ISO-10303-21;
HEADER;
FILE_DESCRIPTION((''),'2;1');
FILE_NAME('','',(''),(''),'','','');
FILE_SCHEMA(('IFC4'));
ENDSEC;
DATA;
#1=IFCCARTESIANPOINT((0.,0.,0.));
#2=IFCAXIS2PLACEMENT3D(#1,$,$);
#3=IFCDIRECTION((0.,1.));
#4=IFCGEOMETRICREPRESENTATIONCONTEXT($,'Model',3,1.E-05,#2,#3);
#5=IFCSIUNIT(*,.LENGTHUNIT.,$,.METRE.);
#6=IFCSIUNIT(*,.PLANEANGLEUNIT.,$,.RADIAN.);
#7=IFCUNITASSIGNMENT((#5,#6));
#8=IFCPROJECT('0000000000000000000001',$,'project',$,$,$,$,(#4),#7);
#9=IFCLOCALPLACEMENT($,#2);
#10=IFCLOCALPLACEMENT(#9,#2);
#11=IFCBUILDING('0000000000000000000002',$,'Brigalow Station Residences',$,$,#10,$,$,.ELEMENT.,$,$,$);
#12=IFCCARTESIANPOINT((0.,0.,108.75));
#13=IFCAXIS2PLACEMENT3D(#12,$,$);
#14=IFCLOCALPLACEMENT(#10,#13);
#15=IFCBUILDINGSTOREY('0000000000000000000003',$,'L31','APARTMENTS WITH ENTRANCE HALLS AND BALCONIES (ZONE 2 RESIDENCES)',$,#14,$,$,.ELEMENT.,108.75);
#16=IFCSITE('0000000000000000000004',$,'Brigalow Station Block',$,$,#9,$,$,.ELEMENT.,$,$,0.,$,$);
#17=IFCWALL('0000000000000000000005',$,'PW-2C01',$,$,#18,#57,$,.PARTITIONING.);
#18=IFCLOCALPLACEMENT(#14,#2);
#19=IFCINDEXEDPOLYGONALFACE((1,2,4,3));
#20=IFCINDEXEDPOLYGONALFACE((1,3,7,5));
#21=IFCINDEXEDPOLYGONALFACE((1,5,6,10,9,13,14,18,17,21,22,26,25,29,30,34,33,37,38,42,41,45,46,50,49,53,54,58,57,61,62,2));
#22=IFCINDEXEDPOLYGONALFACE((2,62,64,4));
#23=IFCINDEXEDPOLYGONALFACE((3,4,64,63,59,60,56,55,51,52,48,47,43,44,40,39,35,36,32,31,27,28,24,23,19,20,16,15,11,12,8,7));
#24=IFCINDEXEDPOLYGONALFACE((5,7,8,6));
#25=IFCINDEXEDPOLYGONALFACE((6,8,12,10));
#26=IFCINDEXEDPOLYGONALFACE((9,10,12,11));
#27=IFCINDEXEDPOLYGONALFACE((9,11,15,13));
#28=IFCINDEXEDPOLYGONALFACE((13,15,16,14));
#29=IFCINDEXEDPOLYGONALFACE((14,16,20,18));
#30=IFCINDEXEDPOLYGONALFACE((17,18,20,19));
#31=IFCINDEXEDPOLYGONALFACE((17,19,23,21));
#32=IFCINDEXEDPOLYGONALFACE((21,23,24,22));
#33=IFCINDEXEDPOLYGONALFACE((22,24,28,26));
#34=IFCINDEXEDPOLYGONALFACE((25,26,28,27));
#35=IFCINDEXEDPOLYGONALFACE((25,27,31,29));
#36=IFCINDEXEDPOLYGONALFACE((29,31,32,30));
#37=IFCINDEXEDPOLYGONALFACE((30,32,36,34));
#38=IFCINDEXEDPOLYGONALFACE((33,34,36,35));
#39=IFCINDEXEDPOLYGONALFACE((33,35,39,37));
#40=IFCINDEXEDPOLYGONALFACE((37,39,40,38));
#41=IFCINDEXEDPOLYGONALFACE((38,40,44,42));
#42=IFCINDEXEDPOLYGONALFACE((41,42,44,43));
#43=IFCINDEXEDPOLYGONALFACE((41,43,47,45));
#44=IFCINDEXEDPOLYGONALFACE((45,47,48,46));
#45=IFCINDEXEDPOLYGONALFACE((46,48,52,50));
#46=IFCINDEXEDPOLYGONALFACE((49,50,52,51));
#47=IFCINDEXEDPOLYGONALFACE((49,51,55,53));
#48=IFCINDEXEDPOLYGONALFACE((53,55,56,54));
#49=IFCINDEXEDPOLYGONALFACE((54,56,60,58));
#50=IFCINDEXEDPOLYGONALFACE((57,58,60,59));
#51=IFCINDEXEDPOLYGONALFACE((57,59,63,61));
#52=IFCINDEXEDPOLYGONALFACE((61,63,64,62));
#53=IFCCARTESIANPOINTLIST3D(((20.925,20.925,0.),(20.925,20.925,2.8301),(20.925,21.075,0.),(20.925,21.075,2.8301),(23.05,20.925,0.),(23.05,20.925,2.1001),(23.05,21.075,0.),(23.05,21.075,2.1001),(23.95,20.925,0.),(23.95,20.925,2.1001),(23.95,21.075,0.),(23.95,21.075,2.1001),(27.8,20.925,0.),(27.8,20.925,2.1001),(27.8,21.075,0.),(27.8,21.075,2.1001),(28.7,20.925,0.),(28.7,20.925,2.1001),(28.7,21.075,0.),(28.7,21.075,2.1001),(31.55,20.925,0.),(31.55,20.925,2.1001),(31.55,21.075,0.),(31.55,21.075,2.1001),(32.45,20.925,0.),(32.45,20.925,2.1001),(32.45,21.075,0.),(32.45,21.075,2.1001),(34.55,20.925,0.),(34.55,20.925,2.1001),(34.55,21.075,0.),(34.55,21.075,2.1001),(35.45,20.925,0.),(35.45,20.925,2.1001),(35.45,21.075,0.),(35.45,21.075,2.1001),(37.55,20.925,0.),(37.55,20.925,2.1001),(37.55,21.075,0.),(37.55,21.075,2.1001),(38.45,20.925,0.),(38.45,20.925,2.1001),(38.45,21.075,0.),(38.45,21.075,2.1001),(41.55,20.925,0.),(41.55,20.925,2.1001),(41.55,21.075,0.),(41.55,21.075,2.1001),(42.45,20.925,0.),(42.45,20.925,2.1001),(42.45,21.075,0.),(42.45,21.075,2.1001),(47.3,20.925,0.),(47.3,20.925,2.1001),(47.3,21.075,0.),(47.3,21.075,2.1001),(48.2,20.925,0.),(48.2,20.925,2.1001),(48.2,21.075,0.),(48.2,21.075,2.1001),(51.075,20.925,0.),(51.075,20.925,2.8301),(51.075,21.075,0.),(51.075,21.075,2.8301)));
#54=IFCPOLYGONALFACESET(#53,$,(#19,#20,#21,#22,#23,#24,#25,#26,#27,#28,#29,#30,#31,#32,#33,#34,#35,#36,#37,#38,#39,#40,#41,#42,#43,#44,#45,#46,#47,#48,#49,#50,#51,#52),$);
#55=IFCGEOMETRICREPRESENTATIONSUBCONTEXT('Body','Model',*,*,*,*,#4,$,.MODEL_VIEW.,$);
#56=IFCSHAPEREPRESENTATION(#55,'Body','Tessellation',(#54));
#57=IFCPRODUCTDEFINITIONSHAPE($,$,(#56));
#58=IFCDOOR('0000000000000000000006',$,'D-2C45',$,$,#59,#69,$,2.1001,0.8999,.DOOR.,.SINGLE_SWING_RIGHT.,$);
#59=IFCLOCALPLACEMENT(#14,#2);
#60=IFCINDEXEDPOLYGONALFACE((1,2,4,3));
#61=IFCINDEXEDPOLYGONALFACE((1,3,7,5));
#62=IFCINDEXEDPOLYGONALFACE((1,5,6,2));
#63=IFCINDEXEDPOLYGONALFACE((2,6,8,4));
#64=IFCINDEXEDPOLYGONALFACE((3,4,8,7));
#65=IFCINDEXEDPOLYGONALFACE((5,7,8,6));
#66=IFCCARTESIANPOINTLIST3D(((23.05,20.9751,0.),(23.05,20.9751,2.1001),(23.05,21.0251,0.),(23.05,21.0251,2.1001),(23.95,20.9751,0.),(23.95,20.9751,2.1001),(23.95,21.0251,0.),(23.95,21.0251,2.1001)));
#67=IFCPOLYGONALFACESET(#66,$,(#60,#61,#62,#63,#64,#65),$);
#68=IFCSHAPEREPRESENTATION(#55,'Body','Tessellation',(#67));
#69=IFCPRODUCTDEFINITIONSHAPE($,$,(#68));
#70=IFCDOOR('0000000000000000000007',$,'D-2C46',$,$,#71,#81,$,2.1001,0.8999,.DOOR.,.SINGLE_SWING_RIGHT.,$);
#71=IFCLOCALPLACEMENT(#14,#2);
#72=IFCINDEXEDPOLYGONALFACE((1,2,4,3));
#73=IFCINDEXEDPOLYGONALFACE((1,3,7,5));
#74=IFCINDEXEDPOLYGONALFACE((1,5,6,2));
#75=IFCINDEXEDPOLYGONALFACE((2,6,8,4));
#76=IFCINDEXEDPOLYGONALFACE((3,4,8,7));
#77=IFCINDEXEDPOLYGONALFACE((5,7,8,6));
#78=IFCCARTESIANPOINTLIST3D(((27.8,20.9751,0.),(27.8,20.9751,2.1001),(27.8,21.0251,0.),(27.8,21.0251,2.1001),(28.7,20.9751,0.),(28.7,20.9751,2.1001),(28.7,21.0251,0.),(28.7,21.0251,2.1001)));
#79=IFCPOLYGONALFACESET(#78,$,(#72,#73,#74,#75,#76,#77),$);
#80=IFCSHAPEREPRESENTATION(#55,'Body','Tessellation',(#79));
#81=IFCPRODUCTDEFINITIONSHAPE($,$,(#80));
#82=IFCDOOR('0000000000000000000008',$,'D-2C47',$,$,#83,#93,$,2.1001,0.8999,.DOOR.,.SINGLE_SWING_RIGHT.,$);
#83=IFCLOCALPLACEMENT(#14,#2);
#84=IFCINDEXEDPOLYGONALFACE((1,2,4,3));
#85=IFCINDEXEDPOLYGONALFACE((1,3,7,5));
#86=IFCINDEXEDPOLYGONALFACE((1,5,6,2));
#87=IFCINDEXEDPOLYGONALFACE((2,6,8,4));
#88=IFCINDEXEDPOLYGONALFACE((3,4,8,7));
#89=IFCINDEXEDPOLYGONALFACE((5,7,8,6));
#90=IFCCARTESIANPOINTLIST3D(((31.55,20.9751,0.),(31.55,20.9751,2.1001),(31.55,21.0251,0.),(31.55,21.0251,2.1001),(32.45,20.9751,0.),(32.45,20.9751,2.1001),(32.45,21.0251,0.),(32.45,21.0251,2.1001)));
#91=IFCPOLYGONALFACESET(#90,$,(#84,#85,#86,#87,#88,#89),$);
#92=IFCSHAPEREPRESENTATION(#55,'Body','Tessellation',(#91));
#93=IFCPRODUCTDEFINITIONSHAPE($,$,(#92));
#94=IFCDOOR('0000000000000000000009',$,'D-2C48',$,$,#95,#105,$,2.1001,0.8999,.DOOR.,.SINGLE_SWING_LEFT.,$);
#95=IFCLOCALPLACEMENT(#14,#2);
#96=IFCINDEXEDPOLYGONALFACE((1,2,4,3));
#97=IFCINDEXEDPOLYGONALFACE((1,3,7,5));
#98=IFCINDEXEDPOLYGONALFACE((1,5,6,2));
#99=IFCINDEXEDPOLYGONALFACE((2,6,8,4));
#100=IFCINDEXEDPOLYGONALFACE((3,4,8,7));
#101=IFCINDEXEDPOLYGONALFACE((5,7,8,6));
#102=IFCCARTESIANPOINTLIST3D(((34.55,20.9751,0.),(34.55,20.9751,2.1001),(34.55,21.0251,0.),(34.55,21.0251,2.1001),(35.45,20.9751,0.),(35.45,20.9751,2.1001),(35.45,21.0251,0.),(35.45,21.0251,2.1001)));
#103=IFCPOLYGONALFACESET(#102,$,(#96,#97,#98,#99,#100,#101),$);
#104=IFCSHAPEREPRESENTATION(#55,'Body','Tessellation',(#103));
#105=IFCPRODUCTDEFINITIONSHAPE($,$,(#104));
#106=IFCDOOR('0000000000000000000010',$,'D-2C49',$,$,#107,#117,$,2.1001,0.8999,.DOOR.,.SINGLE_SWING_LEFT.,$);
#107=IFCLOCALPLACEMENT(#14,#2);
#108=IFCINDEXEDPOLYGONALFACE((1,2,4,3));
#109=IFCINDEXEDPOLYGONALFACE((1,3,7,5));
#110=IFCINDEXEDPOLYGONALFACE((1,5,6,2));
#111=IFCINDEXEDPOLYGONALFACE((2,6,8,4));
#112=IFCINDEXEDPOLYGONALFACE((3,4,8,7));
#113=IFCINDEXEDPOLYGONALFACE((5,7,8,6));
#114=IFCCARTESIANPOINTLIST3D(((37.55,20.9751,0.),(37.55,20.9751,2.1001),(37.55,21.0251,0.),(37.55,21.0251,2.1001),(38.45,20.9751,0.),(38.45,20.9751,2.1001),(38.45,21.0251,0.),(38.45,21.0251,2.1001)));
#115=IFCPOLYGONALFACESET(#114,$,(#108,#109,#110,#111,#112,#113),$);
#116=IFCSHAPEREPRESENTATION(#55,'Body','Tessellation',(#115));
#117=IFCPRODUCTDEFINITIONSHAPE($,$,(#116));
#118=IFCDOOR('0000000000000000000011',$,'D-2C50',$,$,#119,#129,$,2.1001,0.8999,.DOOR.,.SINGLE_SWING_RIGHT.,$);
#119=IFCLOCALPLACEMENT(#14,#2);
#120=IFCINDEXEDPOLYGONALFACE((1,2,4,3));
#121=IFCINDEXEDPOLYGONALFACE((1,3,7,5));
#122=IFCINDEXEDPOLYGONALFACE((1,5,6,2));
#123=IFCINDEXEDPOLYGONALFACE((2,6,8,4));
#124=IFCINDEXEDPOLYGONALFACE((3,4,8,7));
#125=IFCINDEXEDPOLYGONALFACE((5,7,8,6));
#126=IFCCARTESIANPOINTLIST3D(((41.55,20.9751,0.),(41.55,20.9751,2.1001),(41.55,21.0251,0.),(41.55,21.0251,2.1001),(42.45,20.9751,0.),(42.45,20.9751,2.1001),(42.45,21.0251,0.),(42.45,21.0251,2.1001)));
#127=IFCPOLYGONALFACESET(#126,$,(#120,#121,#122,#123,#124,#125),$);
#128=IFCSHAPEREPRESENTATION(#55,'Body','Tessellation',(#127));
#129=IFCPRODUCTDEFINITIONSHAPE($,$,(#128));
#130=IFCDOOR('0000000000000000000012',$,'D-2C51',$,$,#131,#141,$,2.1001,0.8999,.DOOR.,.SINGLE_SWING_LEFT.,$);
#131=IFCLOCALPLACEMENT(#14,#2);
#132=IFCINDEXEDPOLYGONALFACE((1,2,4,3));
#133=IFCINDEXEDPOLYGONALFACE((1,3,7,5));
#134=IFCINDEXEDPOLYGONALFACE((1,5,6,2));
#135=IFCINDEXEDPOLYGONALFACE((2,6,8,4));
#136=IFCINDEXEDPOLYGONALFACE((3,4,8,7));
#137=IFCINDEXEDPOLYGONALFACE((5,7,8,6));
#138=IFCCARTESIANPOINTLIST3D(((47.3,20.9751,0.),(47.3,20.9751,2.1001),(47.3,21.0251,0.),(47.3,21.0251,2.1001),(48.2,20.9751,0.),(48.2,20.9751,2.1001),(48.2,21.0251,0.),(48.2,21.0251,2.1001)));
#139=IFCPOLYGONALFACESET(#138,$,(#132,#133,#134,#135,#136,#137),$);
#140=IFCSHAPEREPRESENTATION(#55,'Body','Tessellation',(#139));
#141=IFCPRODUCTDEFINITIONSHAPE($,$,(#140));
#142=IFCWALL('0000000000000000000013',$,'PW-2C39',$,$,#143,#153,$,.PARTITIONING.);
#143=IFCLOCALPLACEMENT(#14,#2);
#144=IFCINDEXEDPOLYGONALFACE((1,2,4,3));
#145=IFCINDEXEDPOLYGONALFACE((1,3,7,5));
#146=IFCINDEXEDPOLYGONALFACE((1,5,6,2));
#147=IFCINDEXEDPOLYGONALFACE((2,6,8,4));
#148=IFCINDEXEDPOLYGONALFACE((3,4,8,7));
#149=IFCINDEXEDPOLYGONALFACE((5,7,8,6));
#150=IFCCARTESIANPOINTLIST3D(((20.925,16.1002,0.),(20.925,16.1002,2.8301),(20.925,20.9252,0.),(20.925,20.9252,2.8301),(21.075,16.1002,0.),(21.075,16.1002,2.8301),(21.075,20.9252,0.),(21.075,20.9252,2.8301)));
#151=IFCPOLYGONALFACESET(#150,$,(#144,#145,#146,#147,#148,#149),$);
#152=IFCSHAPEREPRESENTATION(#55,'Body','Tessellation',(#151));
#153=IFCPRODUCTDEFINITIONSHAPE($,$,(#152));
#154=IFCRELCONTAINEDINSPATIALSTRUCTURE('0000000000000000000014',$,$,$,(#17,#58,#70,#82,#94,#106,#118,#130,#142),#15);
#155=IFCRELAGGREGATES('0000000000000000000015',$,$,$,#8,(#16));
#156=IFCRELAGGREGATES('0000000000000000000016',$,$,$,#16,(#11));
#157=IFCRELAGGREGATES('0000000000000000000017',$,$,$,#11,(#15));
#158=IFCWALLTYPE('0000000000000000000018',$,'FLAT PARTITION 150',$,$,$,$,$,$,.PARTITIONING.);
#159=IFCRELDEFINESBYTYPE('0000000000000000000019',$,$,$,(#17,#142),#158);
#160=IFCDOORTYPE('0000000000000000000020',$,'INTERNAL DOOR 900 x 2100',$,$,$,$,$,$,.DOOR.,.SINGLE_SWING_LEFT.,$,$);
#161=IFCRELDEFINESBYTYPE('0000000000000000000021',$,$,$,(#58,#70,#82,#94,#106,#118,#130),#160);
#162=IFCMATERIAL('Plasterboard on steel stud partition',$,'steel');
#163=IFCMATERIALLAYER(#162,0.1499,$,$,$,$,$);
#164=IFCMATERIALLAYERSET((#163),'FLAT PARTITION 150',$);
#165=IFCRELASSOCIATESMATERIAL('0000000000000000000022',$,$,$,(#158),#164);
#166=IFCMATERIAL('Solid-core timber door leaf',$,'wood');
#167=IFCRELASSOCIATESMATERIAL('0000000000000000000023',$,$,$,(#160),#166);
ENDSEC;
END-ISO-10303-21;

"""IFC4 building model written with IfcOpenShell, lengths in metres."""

from ifc_helpers import new_model, si_unit, direction, frame, frame_2d, origin, place, context, subcontext, project, spatial, rectangle, extrude, material, layer, layer_set, type_object, element, fill, save


model = new_model("IFC4")

# Units and contexts
model_context = context("Model", 3, precision=1e-05, world=origin(), true_north=direction((0.0, 1.0)))
body_context = subcontext(model_context, "Body", "Model", "MODEL_VIEW")
ifc_project = project(units=[si_unit("LENGTHUNIT", "METRE"), si_unit("PLANEANGLEUNIT", "RADIAN")], contexts=[model_context])

# Site, building, storey
site_placement = place(None, origin())
site = spatial("IfcSite", under=ifc_project, at=site_placement, Name="Brigalow Station Block", CompositionType="ELEMENT", RefElevation=0.0)
building_placement = place(site_placement, origin())
building = spatial("IfcBuilding", under=site, at=building_placement, Name="Brigalow Station Residences", CompositionType="ELEMENT")
storey_placement = place(building_placement, frame((0.0, 0.0, 108.75)))
storey = spatial("IfcBuildingStorey", under=building, at=storey_placement, Name="L31", Description="APARTMENTS WITH ENTRANCE HALLS AND BALCONIES (ZONE 2 RESIDENCES)", CompositionType="ELEMENT", Elevation=108.75)

# Wall, openings, doors
ifc_material_1 = material(Name="Plasterboard on steel stud partition", Category="steel")
ifc_layer_1 = layer(ifc_material_1, 0.1499)
ifc_layer_set_1 = layer_set([ifc_layer_1], Name="FLAT PARTITION 150")
wall_type_1 = type_object("IfcWallType", Name="FLAT PARTITION 150", PredefinedType="PARTITIONING", material=ifc_layer_set_1)
wall_1_placement = place(storey_placement, frame((20.925, 21.0, 0.0), z_axis=(0.0, 0.0, 1.0), x_axis=(1.0, 0.0, 0.0)))
wall_1 = element("IfcWall", 1, at=wall_1_placement, inside=storey, type_object=wall_type_1, Name="PW-2C01", PredefinedType="PARTITIONING", context=body_context, shape_type="SweptSolid", body=[
    extrude(rectangle(XDim=30.1499, YDim=0.1499, at=frame_2d((15.075, 0.0))), origin(), (0.0, 0.0, 1.0), 2.8301),
])
opening_1_placement = place(wall_1_placement, frame((2.125, 0.0, 0.0)))
opening_1 = element("IfcOpeningElement", 2, at=opening_1_placement, cuts=wall_1, PredefinedType="OPENING", context=body_context, shape_type="SweptSolid", body=[
    extrude(rectangle(XDim=0.8999, YDim=2.1001, at=frame_2d((0.45, 1.05))), frame((0.0, 0.085, 0.0), z_axis=(0.0, -1.0, 0.0), x_axis=(1.0, 0.0, 0.0)), (0.0, 0.0, 1.0), 0.1699),
])
opening_2_placement = place(wall_1_placement, frame((6.875, 0.0, 0.0)))
opening_2 = element("IfcOpeningElement", 3, at=opening_2_placement, cuts=wall_1, PredefinedType="OPENING", context=body_context, shape_type="SweptSolid", body=[
    extrude(rectangle(XDim=0.8999, YDim=2.1001, at=frame_2d((0.45, 1.05))), frame((0.0, 0.085, 0.0), z_axis=(0.0, -1.0, 0.0), x_axis=(1.0, 0.0, 0.0)), (0.0, 0.0, 1.0), 0.1699),
])
opening_3_placement = place(wall_1_placement, frame((10.625, 0.0, 0.0)))
opening_3 = element("IfcOpeningElement", 4, at=opening_3_placement, cuts=wall_1, PredefinedType="OPENING", context=body_context, shape_type="SweptSolid", body=[
    extrude(rectangle(XDim=0.8999, YDim=2.1001, at=frame_2d((0.45, 1.05))), frame((0.0, 0.085, 0.0), z_axis=(0.0, -1.0, 0.0), x_axis=(1.0, 0.0, 0.0)), (0.0, 0.0, 1.0), 0.1699),
])
opening_4_placement = place(wall_1_placement, frame((13.625, 0.0, 0.0)))
opening_4 = element("IfcOpeningElement", 5, at=opening_4_placement, cuts=wall_1, PredefinedType="OPENING", context=body_context, shape_type="SweptSolid", body=[
    extrude(rectangle(XDim=0.8999, YDim=2.1001, at=frame_2d((0.45, 1.05))), frame((0.0, 0.085, 0.0), z_axis=(0.0, -1.0, 0.0), x_axis=(1.0, 0.0, 0.0)), (0.0, 0.0, 1.0), 0.1699),
])
opening_5_placement = place(wall_1_placement, frame((16.625, 0.0, 0.0)))
opening_5 = element("IfcOpeningElement", 6, at=opening_5_placement, cuts=wall_1, PredefinedType="OPENING", context=body_context, shape_type="SweptSolid", body=[
    extrude(rectangle(XDim=0.8999, YDim=2.1001, at=frame_2d((0.45, 1.05))), frame((0.0, 0.085, 0.0), z_axis=(0.0, -1.0, 0.0), x_axis=(1.0, 0.0, 0.0)), (0.0, 0.0, 1.0), 0.1699),
])
opening_6_placement = place(wall_1_placement, frame((20.625, 0.0, 0.0)))
opening_6 = element("IfcOpeningElement", 7, at=opening_6_placement, cuts=wall_1, PredefinedType="OPENING", context=body_context, shape_type="SweptSolid", body=[
    extrude(rectangle(XDim=0.8999, YDim=2.1001, at=frame_2d((0.45, 1.05))), frame((0.0, 0.085, 0.0), z_axis=(0.0, -1.0, 0.0), x_axis=(1.0, 0.0, 0.0)), (0.0, 0.0, 1.0), 0.1699),
])
opening_7_placement = place(wall_1_placement, frame((26.375, 0.0, 0.0)))
opening_7 = element("IfcOpeningElement", 8, at=opening_7_placement, cuts=wall_1, PredefinedType="OPENING", context=body_context, shape_type="SweptSolid", body=[
    extrude(rectangle(XDim=0.8999, YDim=2.1001, at=frame_2d((0.45, 1.05))), frame((0.0, 0.085, 0.0), z_axis=(0.0, -1.0, 0.0), x_axis=(1.0, 0.0, 0.0)), (0.0, 0.0, 1.0), 0.1699),
])
ifc_material_2 = material(Name="Solid-core timber door leaf", Category="wood")
door_type_1 = type_object("IfcDoorType", Name="INTERNAL DOOR 900 x 2100", OperationType="SINGLE_SWING_LEFT", PredefinedType="DOOR", material=ifc_material_2)
door_1_placement = place(opening_1_placement, frame((0.8999, 0.0, 0.0), z_axis=(0.0, 0.0, 1.0), x_axis=(-1.0, 0.0, 0.0)))
door_1 = element("IfcDoor", 9, at=door_1_placement, inside=storey, type_object=door_type_1, Name="D-2C45", OperationType="SINGLE_SWING_RIGHT", OverallHeight=2.1001, OverallWidth=0.8999, PredefinedType="DOOR", context=body_context, shape_type="SweptSolid", body=[
    extrude(rectangle(XDim=0.8999, YDim=2.1001, at=frame_2d((0.45, 1.05))), frame((0.0, 0.0249, 0.0), z_axis=(0.0, -1.0, 0.0), x_axis=(1.0, 0.0, 0.0)), (0.0, 0.0, 1.0), 0.05),
])
fill(opening_1, door_1)
door_2_placement = place(opening_2_placement, frame((0.8999, 0.0, 0.0), z_axis=(0.0, 0.0, 1.0), x_axis=(-1.0, 0.0, 0.0)))
door_2 = element("IfcDoor", 10, at=door_2_placement, inside=storey, type_object=door_type_1, Name="D-2C46", OperationType="SINGLE_SWING_RIGHT", OverallHeight=2.1001, OverallWidth=0.8999, PredefinedType="DOOR", context=body_context, shape_type="SweptSolid", body=[
    extrude(rectangle(XDim=0.8999, YDim=2.1001, at=frame_2d((0.45, 1.05))), frame((0.0, 0.0249, 0.0), z_axis=(0.0, -1.0, 0.0), x_axis=(1.0, 0.0, 0.0)), (0.0, 0.0, 1.0), 0.05),
])
fill(opening_2, door_2)
door_3_placement = place(opening_3_placement, frame((0.8999, 0.0, 0.0), z_axis=(0.0, 0.0, 1.0), x_axis=(-1.0, 0.0, 0.0)))
door_3 = element("IfcDoor", 11, at=door_3_placement, inside=storey, type_object=door_type_1, Name="D-2C47", OperationType="SINGLE_SWING_RIGHT", OverallHeight=2.1001, OverallWidth=0.8999, PredefinedType="DOOR", context=body_context, shape_type="SweptSolid", body=[
    extrude(rectangle(XDim=0.8999, YDim=2.1001, at=frame_2d((0.45, 1.05))), frame((0.0, 0.0249, 0.0), z_axis=(0.0, -1.0, 0.0), x_axis=(1.0, 0.0, 0.0)), (0.0, 0.0, 1.0), 0.05),
])
fill(opening_3, door_3)
door_4_placement = place(opening_4_placement, frame((0.8999, 0.0, 0.0), z_axis=(0.0, 0.0, 1.0), x_axis=(-1.0, 0.0, 0.0)))
door_4 = element("IfcDoor", 12, at=door_4_placement, inside=storey, type_object=door_type_1, Name="D-2C48", OperationType="SINGLE_SWING_LEFT", OverallHeight=2.1001, OverallWidth=0.8999, PredefinedType="DOOR", context=body_context, shape_type="SweptSolid", body=[
    extrude(rectangle(XDim=0.8999, YDim=2.1001, at=frame_2d((0.45, 1.05))), frame((0.0, 0.0249, 0.0), z_axis=(0.0, -1.0, 0.0), x_axis=(1.0, 0.0, 0.0)), (0.0, 0.0, 1.0), 0.05),
])
fill(opening_4, door_4)
door_5_placement = place(opening_5_placement, frame((0.8999, 0.0, 0.0), z_axis=(0.0, 0.0, 1.0), x_axis=(-1.0, 0.0, 0.0)))
door_5 = element("IfcDoor", 13, at=door_5_placement, inside=storey, type_object=door_type_1, Name="D-2C49", OperationType="SINGLE_SWING_LEFT", OverallHeight=2.1001, OverallWidth=0.8999, PredefinedType="DOOR", context=body_context, shape_type="SweptSolid", body=[
    extrude(rectangle(XDim=0.8999, YDim=2.1001, at=frame_2d((0.45, 1.05))), frame((0.0, 0.0249, 0.0), z_axis=(0.0, -1.0, 0.0), x_axis=(1.0, 0.0, 0.0)), (0.0, 0.0, 1.0), 0.05),
])
fill(opening_5, door_5)
door_6_placement = place(opening_6_placement, frame((0.8999, 0.0, 0.0), z_axis=(0.0, 0.0, 1.0), x_axis=(-1.0, 0.0, 0.0)))
door_6 = element("IfcDoor", 14, at=door_6_placement, inside=storey, type_object=door_type_1, Name="D-2C50", OperationType="SINGLE_SWING_RIGHT", OverallHeight=2.1001, OverallWidth=0.8999, PredefinedType="DOOR", context=body_context, shape_type="SweptSolid", body=[
    extrude(rectangle(XDim=0.8999, YDim=2.1001, at=frame_2d((0.45, 1.05))), frame((0.0, 0.0249, 0.0), z_axis=(0.0, -1.0, 0.0), x_axis=(1.0, 0.0, 0.0)), (0.0, 0.0, 1.0), 0.05),
])
fill(opening_6, door_6)
door_7_placement = place(opening_7_placement, frame((0.8999, 0.0, 0.0), z_axis=(0.0, 0.0, 1.0), x_axis=(-1.0, 0.0, 0.0)))
door_7 = element("IfcDoor", 15, at=door_7_placement, inside=storey, type_object=door_type_1, Name="D-2C51", OperationType="SINGLE_SWING_LEFT", OverallHeight=2.1001, OverallWidth=0.8999, PredefinedType="DOOR", context=body_context, shape_type="SweptSolid", body=[
    extrude(rectangle(XDim=0.8999, YDim=2.1001, at=frame_2d((0.45, 1.05))), frame((0.0, 0.0249, 0.0), z_axis=(0.0, -1.0, 0.0), x_axis=(1.0, 0.0, 0.0)), (0.0, 0.0, 1.0), 0.05),
])
fill(opening_7, door_7)

# Wall
wall_2_placement = place(storey_placement, frame((21.0, 16.1001, 0.0), z_axis=(0.0, 0.0, 1.0), x_axis=(0.0, 1.0, 0.0)))
element("IfcWall", 16, at=wall_2_placement, inside=storey, type_object=wall_type_1, Name="PW-2C39", PredefinedType="PARTITIONING", context=body_context, shape_type="SweptSolid", body=[
    extrude(rectangle(XDim=4.825, YDim=0.1499, at=frame_2d((2.4126, 0.0))), origin(), (0.0, 0.0, 1.0), 2.8301),
])

save(model, "model.ifc")
